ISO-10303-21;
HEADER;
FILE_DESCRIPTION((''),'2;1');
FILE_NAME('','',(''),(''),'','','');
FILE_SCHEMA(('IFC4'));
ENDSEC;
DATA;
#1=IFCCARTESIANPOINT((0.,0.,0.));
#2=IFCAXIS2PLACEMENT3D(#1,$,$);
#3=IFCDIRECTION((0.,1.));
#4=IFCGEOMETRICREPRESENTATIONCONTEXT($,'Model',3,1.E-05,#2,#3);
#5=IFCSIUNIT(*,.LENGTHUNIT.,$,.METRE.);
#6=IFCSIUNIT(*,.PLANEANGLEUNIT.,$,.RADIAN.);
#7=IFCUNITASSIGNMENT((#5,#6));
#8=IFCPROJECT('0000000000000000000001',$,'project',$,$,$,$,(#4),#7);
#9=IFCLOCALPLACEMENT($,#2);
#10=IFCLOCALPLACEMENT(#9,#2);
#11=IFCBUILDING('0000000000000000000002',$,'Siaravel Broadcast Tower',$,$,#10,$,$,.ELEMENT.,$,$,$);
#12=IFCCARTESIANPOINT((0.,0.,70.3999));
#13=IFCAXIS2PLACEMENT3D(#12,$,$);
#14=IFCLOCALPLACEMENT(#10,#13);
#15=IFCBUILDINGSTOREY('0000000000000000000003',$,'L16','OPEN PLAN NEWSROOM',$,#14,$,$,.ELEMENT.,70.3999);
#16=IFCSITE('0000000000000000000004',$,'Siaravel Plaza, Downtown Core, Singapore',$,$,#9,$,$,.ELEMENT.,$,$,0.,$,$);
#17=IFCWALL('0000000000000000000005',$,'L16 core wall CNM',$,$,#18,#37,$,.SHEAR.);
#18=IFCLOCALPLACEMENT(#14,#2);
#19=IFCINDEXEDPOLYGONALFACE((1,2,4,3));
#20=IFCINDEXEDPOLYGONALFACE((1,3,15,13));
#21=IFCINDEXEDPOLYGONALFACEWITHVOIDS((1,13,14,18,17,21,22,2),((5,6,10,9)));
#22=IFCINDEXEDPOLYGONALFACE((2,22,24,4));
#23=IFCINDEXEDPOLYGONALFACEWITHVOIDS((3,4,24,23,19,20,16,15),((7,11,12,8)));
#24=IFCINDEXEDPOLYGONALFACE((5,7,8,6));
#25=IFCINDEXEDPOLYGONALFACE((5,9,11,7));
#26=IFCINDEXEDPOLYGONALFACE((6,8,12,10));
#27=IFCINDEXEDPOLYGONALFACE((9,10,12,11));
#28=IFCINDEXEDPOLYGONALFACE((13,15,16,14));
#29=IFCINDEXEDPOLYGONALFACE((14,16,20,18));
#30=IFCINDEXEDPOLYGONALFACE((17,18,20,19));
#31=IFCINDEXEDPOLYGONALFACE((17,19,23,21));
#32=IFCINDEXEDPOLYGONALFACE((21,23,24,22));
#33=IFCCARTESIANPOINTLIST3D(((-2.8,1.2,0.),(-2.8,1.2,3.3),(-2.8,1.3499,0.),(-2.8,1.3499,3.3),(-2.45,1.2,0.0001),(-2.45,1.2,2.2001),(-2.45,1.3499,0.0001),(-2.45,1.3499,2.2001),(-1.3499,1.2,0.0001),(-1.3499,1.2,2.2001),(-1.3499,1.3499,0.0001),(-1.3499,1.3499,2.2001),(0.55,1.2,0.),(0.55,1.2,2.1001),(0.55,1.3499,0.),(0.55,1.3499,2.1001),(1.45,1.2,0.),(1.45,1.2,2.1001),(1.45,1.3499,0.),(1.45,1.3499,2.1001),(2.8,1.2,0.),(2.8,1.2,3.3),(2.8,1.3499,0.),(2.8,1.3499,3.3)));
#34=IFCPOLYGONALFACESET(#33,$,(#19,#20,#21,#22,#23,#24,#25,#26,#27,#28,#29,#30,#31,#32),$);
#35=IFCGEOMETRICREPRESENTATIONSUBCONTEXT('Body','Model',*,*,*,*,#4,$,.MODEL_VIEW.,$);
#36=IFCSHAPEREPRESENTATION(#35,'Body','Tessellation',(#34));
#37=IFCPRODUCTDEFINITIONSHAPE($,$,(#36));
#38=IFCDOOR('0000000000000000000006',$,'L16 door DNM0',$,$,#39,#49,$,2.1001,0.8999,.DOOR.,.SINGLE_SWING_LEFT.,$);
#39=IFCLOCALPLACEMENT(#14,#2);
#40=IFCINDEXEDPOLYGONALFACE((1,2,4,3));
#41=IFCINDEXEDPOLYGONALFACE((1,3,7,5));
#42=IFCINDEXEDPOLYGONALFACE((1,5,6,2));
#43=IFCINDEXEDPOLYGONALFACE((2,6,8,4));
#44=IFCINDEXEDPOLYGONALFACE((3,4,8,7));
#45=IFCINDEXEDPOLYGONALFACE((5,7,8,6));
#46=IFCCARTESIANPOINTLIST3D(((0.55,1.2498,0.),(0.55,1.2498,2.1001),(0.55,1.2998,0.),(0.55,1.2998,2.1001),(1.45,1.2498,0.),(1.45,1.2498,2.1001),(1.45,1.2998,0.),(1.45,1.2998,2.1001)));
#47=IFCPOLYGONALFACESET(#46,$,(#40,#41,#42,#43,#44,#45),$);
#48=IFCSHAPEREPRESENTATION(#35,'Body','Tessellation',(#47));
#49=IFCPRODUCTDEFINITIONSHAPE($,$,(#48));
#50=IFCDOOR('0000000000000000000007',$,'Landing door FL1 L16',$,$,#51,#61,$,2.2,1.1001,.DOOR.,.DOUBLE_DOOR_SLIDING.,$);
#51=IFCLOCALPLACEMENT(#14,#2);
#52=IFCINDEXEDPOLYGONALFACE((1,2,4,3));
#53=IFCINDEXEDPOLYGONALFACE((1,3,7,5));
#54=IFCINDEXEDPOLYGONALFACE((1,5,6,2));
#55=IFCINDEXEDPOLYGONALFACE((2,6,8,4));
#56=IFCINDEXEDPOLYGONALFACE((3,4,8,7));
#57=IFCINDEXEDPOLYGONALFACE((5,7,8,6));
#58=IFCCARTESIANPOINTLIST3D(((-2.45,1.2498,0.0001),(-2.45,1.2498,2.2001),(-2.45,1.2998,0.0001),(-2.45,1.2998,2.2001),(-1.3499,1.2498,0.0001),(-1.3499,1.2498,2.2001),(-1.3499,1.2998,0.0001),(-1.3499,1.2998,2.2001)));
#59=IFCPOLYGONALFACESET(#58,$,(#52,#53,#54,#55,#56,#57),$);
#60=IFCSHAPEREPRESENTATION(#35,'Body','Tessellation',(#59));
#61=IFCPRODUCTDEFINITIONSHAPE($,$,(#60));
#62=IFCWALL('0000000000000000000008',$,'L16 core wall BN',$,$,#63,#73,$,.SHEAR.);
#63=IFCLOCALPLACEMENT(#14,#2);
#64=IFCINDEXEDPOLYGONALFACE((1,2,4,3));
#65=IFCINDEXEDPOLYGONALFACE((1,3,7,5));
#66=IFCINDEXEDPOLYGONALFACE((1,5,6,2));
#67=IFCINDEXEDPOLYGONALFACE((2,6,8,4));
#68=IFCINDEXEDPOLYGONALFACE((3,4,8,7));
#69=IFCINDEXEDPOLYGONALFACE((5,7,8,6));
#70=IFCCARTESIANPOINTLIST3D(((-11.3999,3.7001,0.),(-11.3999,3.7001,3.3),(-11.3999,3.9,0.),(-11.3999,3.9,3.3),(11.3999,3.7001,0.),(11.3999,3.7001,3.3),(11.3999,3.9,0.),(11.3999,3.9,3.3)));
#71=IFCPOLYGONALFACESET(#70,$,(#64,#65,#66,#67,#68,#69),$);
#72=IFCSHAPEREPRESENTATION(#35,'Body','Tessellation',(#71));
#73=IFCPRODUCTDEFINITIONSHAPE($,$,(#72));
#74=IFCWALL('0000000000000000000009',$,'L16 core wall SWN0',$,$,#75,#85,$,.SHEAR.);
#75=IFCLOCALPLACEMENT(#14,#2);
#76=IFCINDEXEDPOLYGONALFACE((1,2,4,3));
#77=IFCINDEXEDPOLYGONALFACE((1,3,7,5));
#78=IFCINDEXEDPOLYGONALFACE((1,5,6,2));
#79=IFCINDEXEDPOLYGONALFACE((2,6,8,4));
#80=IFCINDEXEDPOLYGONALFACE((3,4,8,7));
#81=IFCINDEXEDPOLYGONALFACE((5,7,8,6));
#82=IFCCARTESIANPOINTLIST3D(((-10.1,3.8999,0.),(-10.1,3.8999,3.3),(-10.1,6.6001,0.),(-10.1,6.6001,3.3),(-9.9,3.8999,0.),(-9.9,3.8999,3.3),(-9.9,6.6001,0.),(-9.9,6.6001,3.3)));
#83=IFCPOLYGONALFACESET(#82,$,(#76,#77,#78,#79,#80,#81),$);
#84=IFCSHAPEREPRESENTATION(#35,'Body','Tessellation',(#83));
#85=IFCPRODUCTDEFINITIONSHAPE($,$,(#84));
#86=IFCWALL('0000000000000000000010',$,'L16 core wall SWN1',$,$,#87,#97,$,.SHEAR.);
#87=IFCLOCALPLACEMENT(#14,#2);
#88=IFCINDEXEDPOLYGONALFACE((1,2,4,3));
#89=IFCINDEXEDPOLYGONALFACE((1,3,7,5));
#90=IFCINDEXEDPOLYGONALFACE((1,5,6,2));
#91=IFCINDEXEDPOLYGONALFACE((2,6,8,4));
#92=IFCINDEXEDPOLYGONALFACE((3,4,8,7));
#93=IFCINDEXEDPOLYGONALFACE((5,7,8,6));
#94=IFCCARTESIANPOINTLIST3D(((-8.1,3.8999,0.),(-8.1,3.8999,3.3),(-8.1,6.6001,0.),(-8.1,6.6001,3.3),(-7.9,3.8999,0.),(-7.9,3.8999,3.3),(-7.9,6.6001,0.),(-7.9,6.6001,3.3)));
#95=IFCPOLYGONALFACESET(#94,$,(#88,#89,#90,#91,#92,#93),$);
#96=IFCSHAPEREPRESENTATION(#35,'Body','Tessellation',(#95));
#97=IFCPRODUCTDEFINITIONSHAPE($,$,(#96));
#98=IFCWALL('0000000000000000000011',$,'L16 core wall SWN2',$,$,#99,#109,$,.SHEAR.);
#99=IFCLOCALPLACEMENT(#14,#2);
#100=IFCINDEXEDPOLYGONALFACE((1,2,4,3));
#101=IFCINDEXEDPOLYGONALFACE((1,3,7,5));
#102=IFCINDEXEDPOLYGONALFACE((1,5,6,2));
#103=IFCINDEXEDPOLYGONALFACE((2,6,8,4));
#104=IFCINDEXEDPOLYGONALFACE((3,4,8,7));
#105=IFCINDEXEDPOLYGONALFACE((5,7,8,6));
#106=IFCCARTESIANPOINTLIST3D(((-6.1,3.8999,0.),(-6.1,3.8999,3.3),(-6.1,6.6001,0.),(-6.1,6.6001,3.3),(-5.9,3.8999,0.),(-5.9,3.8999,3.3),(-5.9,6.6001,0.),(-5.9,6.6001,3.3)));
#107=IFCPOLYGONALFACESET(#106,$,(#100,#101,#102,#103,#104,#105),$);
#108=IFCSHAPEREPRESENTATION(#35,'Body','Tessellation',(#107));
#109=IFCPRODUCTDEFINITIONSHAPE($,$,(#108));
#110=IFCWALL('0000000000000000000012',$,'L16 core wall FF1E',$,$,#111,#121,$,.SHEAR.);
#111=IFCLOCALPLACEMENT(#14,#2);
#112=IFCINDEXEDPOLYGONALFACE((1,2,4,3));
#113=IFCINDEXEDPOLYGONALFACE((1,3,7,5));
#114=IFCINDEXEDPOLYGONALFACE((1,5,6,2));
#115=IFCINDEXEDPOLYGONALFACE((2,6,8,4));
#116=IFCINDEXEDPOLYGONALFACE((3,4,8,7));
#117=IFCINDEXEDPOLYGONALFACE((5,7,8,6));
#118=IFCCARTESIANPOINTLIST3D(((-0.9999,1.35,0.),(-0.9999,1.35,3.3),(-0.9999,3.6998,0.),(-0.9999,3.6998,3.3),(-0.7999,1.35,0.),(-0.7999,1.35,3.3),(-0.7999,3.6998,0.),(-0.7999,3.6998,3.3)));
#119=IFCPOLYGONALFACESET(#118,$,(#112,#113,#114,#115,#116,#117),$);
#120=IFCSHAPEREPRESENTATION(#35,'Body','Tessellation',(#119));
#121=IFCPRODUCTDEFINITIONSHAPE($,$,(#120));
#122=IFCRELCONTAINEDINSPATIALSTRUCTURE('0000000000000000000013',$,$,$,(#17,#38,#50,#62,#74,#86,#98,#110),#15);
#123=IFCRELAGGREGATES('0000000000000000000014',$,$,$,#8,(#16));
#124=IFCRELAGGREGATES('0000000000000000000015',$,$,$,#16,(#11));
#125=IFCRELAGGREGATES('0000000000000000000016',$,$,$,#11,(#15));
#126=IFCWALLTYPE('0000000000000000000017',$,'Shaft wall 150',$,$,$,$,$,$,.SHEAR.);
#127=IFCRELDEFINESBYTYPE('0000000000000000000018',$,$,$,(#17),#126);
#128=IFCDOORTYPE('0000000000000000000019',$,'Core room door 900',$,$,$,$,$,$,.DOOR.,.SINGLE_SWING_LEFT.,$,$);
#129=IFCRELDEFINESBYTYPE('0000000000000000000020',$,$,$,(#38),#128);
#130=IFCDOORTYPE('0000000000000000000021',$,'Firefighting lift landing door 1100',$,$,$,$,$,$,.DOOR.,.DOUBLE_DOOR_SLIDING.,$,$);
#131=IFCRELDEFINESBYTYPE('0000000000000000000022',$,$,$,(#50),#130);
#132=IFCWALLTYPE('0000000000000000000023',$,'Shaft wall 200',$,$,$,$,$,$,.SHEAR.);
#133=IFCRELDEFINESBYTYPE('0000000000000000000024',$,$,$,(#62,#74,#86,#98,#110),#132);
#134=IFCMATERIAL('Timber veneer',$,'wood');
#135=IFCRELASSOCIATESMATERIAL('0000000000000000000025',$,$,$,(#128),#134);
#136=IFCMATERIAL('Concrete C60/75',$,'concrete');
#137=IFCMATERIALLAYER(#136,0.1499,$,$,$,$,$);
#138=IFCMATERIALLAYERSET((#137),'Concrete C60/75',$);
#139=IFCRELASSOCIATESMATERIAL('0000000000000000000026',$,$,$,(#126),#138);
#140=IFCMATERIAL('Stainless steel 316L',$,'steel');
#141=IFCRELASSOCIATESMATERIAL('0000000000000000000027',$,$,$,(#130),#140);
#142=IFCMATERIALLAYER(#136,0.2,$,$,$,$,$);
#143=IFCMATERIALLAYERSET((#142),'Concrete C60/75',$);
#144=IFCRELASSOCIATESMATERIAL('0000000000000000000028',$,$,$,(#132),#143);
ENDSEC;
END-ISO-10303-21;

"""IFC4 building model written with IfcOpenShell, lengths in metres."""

from ifc_helpers import new_model, si_unit, direction, frame, frame_2d, origin, place, context, subcontext, project, spatial, rectangle, extrude, material, layer, layer_set, type_object, element, fill, save


model = new_model("IFC4")

# Units and contexts
model_context = context("Model", 3, precision=1e-05, world=origin(), true_north=direction((0.0, 1.0)))
body_context = subcontext(model_context, "Body", "Model", "MODEL_VIEW")
ifc_project = project(units=[si_unit("LENGTHUNIT", "METRE"), si_unit("PLANEANGLEUNIT", "RADIAN")], contexts=[model_context])

# Site, building, storey
site_placement = place(None, origin())
site = spatial("IfcSite", under=ifc_project, at=site_placement, Name="Siaravel Plaza, Downtown Core, Singapore", CompositionType="ELEMENT", RefElevation=0.0)
building_placement = place(site_placement, origin())
building = spatial("IfcBuilding", under=site, at=building_placement, Name="Siaravel Broadcast Tower", CompositionType="ELEMENT")
storey_placement = place(building_placement, frame((0.0, 0.0, 70.3999)))
storey = spatial("IfcBuildingStorey", under=building, at=storey_placement, Name="L16", Description="OPEN PLAN NEWSROOM", CompositionType="ELEMENT", Elevation=70.3999)

# Shared definitions
ifc_material_1 = material(Name="Concrete C60/75", Category="concrete")
ifc_material_2 = material(Name="Timber veneer", Category="wood")
door_type_1 = type_object("IfcDoorType", Name="Core room door 900", OperationType="SINGLE_SWING_LEFT", PredefinedType="DOOR", material=ifc_material_2)
ifc_material_3 = material(Name="Stainless steel 316L", Category="steel")

# Wall, openings, doors
ifc_layer_1 = layer(ifc_material_1, 0.1499)
ifc_layer_set_1 = layer_set([ifc_layer_1], Name="Concrete C60/75")
wall_type_1 = type_object("IfcWallType", Name="Shaft wall 150", PredefinedType="SHEAR", material=ifc_layer_set_1)
wall_1_placement = place(storey_placement, frame((-2.8, 1.2749, 0.0), z_axis=(0.0, 0.0, 1.0), x_axis=(1.0, 0.0, 0.0)))
wall_1 = element("IfcWall", 1, at=wall_1_placement, inside=storey, type_object=wall_type_1, Name="L16 core wall CNM", PredefinedType="SHEAR", context=body_context, shape_type="SweptSolid", body=[
    extrude(rectangle(XDim=5.6001, YDim=0.1499, at=frame_2d((2.8, 0.0))), origin(), (0.0, 0.0, 1.0), 3.3),
])
opening_1_placement = place(wall_1_placement, frame((0.3501, 0.0, 0.0)))
opening_1 = element("IfcOpeningElement", 2, at=opening_1_placement, cuts=wall_1, PredefinedType="OPENING", context=body_context, shape_type="SweptSolid", body=[
    extrude(rectangle(XDim=1.1001, YDim=2.2, at=frame_2d((0.55, 1.1001))), frame((0.0, 0.085, 0.0), z_axis=(0.0, -1.0, 0.0), x_axis=(1.0, 0.0, 0.0)), (0.0, 0.0, 1.0), 0.1699),
])
opening_2_placement = place(wall_1_placement, frame((3.3501, 0.0, 0.0)))
opening_2 = element("IfcOpeningElement", 3, at=opening_2_placement, cuts=wall_1, PredefinedType="OPENING", context=body_context, shape_type="SweptSolid", body=[
    extrude(rectangle(XDim=0.8999, YDim=2.1001, at=frame_2d((0.45, 1.05))), frame((0.0, 0.085, 0.0), z_axis=(0.0, -1.0, 0.0), x_axis=(1.0, 0.0, 0.0)), (0.0, 0.0, 1.0), 0.1699),
])
door_1_placement = place(opening_2_placement, origin())
door_1 = element("IfcDoor", 4, at=door_1_placement, inside=storey, type_object=door_type_1, Name="L16 door DNM0", OperationType="SINGLE_SWING_LEFT", OverallHeight=2.1001, OverallWidth=0.8999, PredefinedType="DOOR", context=body_context, shape_type="SweptSolid", body=[
    extrude(rectangle(XDim=0.8999, YDim=2.1001, at=frame_2d((0.45, 1.05))), frame((0.0, 0.0249, 0.0), z_axis=(0.0, -1.0, 0.0), x_axis=(1.0, 0.0, 0.0)), (0.0, 0.0, 1.0), 0.05),
])
fill(opening_2, door_1)
door_type_2 = type_object("IfcDoorType", Name="Firefighting lift landing door 1100", OperationType="DOUBLE_DOOR_SLIDING", PredefinedType="DOOR", material=ifc_material_3)
door_2_placement = place(opening_1_placement, origin())
door_2 = element("IfcDoor", 5, at=door_2_placement, inside=storey, type_object=door_type_2, Name="Landing door FL1 L16", OperationType="DOUBLE_DOOR_SLIDING", OverallHeight=2.2, OverallWidth=1.1001, PredefinedType="DOOR", context=body_context, shape_type="SweptSolid", body=[
    extrude(rectangle(XDim=1.1001, YDim=2.2, at=frame_2d((0.55, 1.1001))), frame((0.0, 0.0249, 0.0), z_axis=(0.0, -1.0, 0.0), x_axis=(1.0, 0.0, 0.0)), (0.0, 0.0, 1.0), 0.05),
])
fill(opening_1, door_2)

# Walls
ifc_layer_2 = layer(ifc_material_1, 0.2)
ifc_layer_set_2 = layer_set([ifc_layer_2], Name="Concrete C60/75")
wall_type_2 = type_object("IfcWallType", Name="Shaft wall 200", PredefinedType="SHEAR", material=ifc_layer_set_2)
wall_2_placement = place(storey_placement, frame((-11.3999, 3.8, 0.0), z_axis=(0.0, 0.0, 1.0), x_axis=(1.0, 0.0, 0.0)))
element("IfcWall", 6, at=wall_2_placement, inside=storey, type_object=wall_type_2, Name="L16 core wall BN", PredefinedType="SHEAR", context=body_context, shape_type="SweptSolid", body=[
    extrude(rectangle(XDim=22.7998, YDim=0.2, at=frame_2d((11.3999, 0.0))), origin(), (0.0, 0.0, 1.0), 3.3),
])
for number, where, z_axis, x_axis, name in (
    (7, (-10.0, 3.8999, 0.0), (0.0, 0.0, 1.0), (0.0, 1.0, 0.0), "L16 core wall SWN0"),
    (8, (-8.0, 3.8999, 0.0), (0.0, 0.0, 1.0), (0.0, 1.0, 0.0), "L16 core wall SWN1"),
    (9, (-6.0, 3.8999, 0.0), (0.0, 0.0, 1.0), (0.0, 1.0, 0.0), "L16 core wall SWN2"),
):
    element("IfcWall", number, at=place(storey_placement, frame(where, z_axis=z_axis, x_axis=x_axis)), inside=storey, type_object=wall_type_2, Name=name, PredefinedType="SHEAR", context=body_context, shape_type="SweptSolid", body=[
        extrude(rectangle(XDim=2.7002, YDim=0.2, at=frame_2d((1.3501, 0.0))), origin(), (0.0, 0.0, 1.0), 3.3),
    ])
wall_3_placement = place(storey_placement, frame((-0.8999, 1.3501, 0.0), z_axis=(0.0, 0.0, 1.0), x_axis=(0.0, 1.0, 0.0)))
element("IfcWall", 10, at=wall_3_placement, inside=storey, type_object=wall_type_2, Name="L16 core wall FF1E", PredefinedType="SHEAR", context=body_context, shape_type="SweptSolid", body=[
    extrude(rectangle(XDim=2.3499, YDim=0.2, at=frame_2d((1.1748, 0.0))), origin(), (0.0, 0.0, 1.0), 3.3),
])

save(model, "model.ifc")
